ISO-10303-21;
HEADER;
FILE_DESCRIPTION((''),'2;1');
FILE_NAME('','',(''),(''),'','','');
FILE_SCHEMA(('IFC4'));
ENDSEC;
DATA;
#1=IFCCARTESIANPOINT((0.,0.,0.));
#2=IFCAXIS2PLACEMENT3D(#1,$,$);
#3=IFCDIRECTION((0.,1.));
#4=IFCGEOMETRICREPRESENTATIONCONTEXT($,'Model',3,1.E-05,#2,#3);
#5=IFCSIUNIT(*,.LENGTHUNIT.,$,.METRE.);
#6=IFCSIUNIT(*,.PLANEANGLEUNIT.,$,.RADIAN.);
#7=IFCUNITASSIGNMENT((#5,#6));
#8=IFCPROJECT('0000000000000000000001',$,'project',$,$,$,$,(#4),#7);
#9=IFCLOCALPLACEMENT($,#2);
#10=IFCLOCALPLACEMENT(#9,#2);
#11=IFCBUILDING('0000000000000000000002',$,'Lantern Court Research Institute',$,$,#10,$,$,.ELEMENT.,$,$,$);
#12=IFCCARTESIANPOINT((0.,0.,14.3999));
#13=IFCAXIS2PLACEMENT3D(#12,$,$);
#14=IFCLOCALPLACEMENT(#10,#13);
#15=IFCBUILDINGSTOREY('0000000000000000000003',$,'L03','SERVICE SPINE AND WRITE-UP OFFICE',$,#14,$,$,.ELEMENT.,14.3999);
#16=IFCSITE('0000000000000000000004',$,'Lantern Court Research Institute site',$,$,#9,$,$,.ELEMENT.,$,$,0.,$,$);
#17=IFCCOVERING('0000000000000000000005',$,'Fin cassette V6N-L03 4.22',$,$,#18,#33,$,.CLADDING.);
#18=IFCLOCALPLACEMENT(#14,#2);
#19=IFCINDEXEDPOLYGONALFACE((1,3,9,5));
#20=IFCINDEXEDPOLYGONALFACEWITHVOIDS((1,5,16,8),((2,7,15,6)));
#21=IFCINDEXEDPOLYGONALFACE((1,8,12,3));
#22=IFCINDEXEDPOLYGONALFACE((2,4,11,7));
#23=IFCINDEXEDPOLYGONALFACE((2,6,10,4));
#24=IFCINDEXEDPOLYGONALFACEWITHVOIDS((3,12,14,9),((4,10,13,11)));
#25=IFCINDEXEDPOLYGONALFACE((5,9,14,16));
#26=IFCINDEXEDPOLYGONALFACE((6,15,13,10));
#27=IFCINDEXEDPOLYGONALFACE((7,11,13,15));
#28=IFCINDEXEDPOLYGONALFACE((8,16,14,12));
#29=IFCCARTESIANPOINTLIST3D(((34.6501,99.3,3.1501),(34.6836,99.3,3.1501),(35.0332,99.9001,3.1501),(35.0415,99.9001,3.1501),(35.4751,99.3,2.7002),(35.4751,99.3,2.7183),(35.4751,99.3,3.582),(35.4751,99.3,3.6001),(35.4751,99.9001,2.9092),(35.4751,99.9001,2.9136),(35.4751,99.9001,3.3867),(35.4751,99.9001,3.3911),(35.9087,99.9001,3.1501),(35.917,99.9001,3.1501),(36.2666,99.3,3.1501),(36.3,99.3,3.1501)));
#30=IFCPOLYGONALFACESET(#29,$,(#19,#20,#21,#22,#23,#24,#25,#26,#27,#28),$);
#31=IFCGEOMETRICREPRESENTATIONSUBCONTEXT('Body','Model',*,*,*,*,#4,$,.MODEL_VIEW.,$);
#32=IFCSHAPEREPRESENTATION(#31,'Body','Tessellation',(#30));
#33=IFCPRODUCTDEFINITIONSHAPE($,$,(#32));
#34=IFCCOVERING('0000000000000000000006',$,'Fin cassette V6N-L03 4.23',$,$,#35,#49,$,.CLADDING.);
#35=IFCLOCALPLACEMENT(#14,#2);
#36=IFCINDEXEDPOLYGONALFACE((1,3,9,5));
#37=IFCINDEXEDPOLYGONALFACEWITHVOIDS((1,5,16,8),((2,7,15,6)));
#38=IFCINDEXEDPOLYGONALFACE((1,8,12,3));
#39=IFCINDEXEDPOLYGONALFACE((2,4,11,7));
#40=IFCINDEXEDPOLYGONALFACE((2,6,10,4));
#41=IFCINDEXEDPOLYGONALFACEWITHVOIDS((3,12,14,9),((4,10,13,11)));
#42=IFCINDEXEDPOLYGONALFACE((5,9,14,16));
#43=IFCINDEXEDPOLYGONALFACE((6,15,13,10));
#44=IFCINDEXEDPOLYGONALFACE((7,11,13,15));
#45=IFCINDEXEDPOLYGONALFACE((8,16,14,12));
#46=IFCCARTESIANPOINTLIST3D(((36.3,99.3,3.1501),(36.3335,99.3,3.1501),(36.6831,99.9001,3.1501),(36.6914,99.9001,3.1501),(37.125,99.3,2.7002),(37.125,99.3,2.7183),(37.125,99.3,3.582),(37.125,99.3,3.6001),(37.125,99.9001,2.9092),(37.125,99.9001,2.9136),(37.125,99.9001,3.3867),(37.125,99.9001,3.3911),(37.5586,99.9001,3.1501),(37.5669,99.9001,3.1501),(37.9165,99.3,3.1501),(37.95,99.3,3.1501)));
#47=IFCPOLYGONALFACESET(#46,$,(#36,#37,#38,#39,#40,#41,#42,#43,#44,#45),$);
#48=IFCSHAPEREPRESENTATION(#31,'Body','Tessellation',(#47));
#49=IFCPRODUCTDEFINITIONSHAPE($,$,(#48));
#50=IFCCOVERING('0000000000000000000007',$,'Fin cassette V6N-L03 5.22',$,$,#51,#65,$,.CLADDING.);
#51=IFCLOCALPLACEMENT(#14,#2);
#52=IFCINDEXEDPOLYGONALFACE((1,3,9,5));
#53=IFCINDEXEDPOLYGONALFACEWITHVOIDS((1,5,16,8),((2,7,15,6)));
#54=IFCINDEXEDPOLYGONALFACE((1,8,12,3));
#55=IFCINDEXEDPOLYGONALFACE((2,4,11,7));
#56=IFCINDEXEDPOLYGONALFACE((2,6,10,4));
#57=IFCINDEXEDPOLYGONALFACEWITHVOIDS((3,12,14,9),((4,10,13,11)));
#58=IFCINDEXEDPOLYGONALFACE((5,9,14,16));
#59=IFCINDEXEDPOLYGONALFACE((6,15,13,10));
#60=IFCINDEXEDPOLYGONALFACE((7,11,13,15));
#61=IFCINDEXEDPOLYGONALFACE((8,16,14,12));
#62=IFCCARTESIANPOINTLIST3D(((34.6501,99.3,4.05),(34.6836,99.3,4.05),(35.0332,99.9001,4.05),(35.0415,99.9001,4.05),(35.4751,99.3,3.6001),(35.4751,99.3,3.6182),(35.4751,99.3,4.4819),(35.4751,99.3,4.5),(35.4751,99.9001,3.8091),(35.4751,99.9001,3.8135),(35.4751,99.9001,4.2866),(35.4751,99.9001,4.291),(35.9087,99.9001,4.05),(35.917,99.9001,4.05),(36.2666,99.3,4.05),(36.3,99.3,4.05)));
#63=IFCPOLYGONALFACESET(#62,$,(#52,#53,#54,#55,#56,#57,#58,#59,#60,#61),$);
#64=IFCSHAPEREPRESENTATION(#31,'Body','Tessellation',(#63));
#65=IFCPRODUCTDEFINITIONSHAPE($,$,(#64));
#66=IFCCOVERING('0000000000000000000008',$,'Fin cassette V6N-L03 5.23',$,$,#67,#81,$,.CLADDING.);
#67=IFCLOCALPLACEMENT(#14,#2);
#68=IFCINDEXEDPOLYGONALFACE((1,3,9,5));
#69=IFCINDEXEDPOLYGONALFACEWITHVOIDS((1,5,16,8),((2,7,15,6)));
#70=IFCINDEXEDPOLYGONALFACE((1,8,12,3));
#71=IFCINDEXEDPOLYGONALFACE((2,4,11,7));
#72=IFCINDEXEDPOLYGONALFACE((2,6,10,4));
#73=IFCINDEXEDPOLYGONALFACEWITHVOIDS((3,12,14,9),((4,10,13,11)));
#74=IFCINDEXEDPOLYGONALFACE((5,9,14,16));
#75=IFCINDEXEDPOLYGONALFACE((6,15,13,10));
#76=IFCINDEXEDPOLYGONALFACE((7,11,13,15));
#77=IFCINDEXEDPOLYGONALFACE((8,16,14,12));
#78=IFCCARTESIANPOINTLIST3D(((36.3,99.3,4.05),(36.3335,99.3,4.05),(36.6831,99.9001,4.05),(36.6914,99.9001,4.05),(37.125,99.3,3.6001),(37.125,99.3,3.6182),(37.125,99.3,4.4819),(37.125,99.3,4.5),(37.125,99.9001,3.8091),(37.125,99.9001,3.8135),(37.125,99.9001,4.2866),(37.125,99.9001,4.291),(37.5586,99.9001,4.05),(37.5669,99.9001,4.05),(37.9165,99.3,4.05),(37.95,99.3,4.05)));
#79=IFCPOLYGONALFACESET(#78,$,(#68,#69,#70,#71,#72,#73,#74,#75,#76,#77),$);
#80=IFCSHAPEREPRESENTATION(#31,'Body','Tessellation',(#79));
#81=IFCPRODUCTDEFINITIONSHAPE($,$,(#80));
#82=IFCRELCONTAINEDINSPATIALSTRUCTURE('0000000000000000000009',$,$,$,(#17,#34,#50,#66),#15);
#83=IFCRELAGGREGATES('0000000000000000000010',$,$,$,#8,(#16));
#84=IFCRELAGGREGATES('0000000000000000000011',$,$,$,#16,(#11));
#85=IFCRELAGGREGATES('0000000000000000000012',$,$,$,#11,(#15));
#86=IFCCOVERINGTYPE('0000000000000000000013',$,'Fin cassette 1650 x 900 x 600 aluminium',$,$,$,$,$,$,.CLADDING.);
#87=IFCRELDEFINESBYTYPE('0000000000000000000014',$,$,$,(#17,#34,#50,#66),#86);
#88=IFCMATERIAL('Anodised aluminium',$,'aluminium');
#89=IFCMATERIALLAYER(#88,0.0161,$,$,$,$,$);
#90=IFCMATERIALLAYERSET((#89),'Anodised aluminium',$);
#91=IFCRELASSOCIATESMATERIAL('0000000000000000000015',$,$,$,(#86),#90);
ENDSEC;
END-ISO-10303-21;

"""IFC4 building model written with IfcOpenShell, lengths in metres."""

from ifc_helpers import new_model, entity, si_unit, direction, frame, origin, place, context, subcontext, project, spatial, material, layer, layer_set, type_object, element, save


model = new_model("IFC4")

# Units and contexts
model_context = context("Model", 3, precision=1e-05, world=origin(), true_north=direction((0.0, 1.0)))
body_context = subcontext(model_context, "Body", "Model", "MODEL_VIEW")
ifc_project = project(units=[si_unit("LENGTHUNIT", "METRE"), si_unit("PLANEANGLEUNIT", "RADIAN")], contexts=[model_context])

# Site, building, storey
site_placement = place(None, origin())
site = spatial("IfcSite", under=ifc_project, at=site_placement, Name="Lantern Court Research Institute site", CompositionType="ELEMENT", RefElevation=0.0)
building_placement = place(site_placement, origin())
building = spatial("IfcBuilding", under=site, at=building_placement, Name="Lantern Court Research Institute", CompositionType="ELEMENT")
storey_placement = place(building_placement, frame((0.0, 0.0, 14.3999)))
storey = spatial("IfcBuildingStorey", under=building, at=storey_placement, Name="L03", Description="SERVICE SPINE AND WRITE-UP OFFICE", CompositionType="ELEMENT", Elevation=14.3999)

# Coverings
ifc_material_1 = material(Name="Anodised aluminium", Category="aluminium")
ifc_layer_1 = layer(ifc_material_1, 0.0161)
ifc_layer_set_1 = layer_set([ifc_layer_1], Name="Anodised aluminium")
covering_type_1 = type_object("IfcCoveringType", Name="Fin cassette 1650 x 900 x 600 aluminium", PredefinedType="CLADDING", material=ifc_layer_set_1)
covering_1_placement = place(storey_placement, frame((35.4751, 99.3, 3.1501), z_axis=(0.0, 1.0, 0.0), x_axis=(-1.0, 0.0, 0.0)))
cartesian_point_1 = entity("IfcCartesianPoint", [0.825, 0.0])
cartesian_point_2 = entity("IfcCartesianPoint", [0.7915, 0.0])
cartesian_point_3 = entity("IfcCartesianPoint", [0.4419, 0.0])
cartesian_point_4 = entity("IfcCartesianPoint", [0.4336, 0.0])
element("IfcCovering", 1, at=covering_1_placement, inside=storey, type_object=covering_type_1, Name="Fin cassette V6N-L03 4.22", PredefinedType="CLADDING", context=body_context, shape_type="SweptSolid", body=[
    entity("IfcExtrudedAreaSolidTapered", entity("IfcArbitraryProfileDefWithVoids", "AREA", None, entity("IfcPolyline", [cartesian_point_1, entity("IfcCartesianPoint", [0.0, 0.45]), entity("IfcCartesianPoint", [-0.825, 0.0]), entity("IfcCartesianPoint", [0.0, -0.45]), cartesian_point_1]), [entity("IfcPolyline", [cartesian_point_2, entity("IfcCartesianPoint", [0.0, 0.4319]), entity("IfcCartesianPoint", [-0.7915, 0.0]), entity("IfcCartesianPoint", [0.0, -0.4319]), cartesian_point_2])]), entity("IfcAxis2Placement3D", entity("IfcCartesianPoint", [0.0, 0.0, 0.0])), entity("IfcDirection", [0.0, 0.0, 1.0]), 0.6001, entity("IfcArbitraryProfileDefWithVoids", "AREA", None, entity("IfcPolyline", [cartesian_point_3, entity("IfcCartesianPoint", [0.0, 0.241]), entity("IfcCartesianPoint", [-0.4419, 0.0]), entity("IfcCartesianPoint", [0.0, -0.241]), cartesian_point_3]), [entity("IfcPolyline", [cartesian_point_4, entity("IfcCartesianPoint", [0.0, 0.2366]), entity("IfcCartesianPoint", [-0.4336, 0.0]), entity("IfcCartesianPoint", [0.0, -0.2366]), cartesian_point_4])])),
])
covering_2_placement = place(storey_placement, frame((37.125, 99.3, 3.1501), z_axis=(0.0, 1.0, 0.0), x_axis=(-1.0, 0.0, 0.0)))
cartesian_point_5 = entity("IfcCartesianPoint", [0.825, 0.0])
cartesian_point_6 = entity("IfcCartesianPoint", [0.7915, 0.0])
cartesian_point_7 = entity("IfcCartesianPoint", [0.4419, 0.0])
cartesian_point_8 = entity("IfcCartesianPoint", [0.4336, 0.0])
element("IfcCovering", 2, at=covering_2_placement, inside=storey, type_object=covering_type_1, Name="Fin cassette V6N-L03 4.23", PredefinedType="CLADDING", context=body_context, shape_type="SweptSolid", body=[
    entity("IfcExtrudedAreaSolidTapered", entity("IfcArbitraryProfileDefWithVoids", "AREA", None, entity("IfcPolyline", [cartesian_point_5, entity("IfcCartesianPoint", [0.0, 0.45]), entity("IfcCartesianPoint", [-0.825, 0.0]), entity("IfcCartesianPoint", [0.0, -0.45]), cartesian_point_5]), [entity("IfcPolyline", [cartesian_point_6, entity("IfcCartesianPoint", [0.0, 0.4319]), entity("IfcCartesianPoint", [-0.7915, 0.0]), entity("IfcCartesianPoint", [0.0, -0.4319]), cartesian_point_6])]), entity("IfcAxis2Placement3D", entity("IfcCartesianPoint", [0.0, 0.0, 0.0])), entity("IfcDirection", [0.0, 0.0, 1.0]), 0.6001, entity("IfcArbitraryProfileDefWithVoids", "AREA", None, entity("IfcPolyline", [cartesian_point_7, entity("IfcCartesianPoint", [0.0, 0.241]), entity("IfcCartesianPoint", [-0.4419, 0.0]), entity("IfcCartesianPoint", [0.0, -0.241]), cartesian_point_7]), [entity("IfcPolyline", [cartesian_point_8, entity("IfcCartesianPoint", [0.0, 0.2366]), entity("IfcCartesianPoint", [-0.4336, 0.0]), entity("IfcCartesianPoint", [0.0, -0.2366]), cartesian_point_8])])),
])
covering_3_placement = place(storey_placement, frame((35.4751, 99.3, 4.05), z_axis=(0.0, 1.0, 0.0), x_axis=(-1.0, 0.0, 0.0)))
cartesian_point_9 = entity("IfcCartesianPoint", [0.825, 0.0])
cartesian_point_10 = entity("IfcCartesianPoint", [0.7915, 0.0])
cartesian_point_11 = entity("IfcCartesianPoint", [0.4419, 0.0])
cartesian_point_12 = entity("IfcCartesianPoint", [0.4336, 0.0])
element("IfcCovering", 3, at=covering_3_placement, inside=storey, type_object=covering_type_1, Name="Fin cassette V6N-L03 5.22", PredefinedType="CLADDING", context=body_context, shape_type="SweptSolid", body=[
    entity("IfcExtrudedAreaSolidTapered", entity("IfcArbitraryProfileDefWithVoids", "AREA", None, entity("IfcPolyline", [cartesian_point_9, entity("IfcCartesianPoint", [0.0, 0.45]), entity("IfcCartesianPoint", [-0.825, 0.0]), entity("IfcCartesianPoint", [0.0, -0.45]), cartesian_point_9]), [entity("IfcPolyline", [cartesian_point_10, entity("IfcCartesianPoint", [0.0, 0.4319]), entity("IfcCartesianPoint", [-0.7915, 0.0]), entity("IfcCartesianPoint", [0.0, -0.4319]), cartesian_point_10])]), entity("IfcAxis2Placement3D", entity("IfcCartesianPoint", [0.0, 0.0, 0.0])), entity("IfcDirection", [0.0, 0.0, 1.0]), 0.6001, entity("IfcArbitraryProfileDefWithVoids", "AREA", None, entity("IfcPolyline", [cartesian_point_11, entity("IfcCartesianPoint", [0.0, 0.241]), entity("IfcCartesianPoint", [-0.4419, 0.0]), entity("IfcCartesianPoint", [0.0, -0.241]), cartesian_point_11]), [entity("IfcPolyline", [cartesian_point_12, entity("IfcCartesianPoint", [0.0, 0.2366]), entity("IfcCartesianPoint", [-0.4336, 0.0]), entity("IfcCartesianPoint", [0.0, -0.2366]), cartesian_point_12])])),
])
covering_4_placement = place(storey_placement, frame((37.125, 99.3, 4.05), z_axis=(0.0, 1.0, 0.0), x_axis=(-1.0, 0.0, 0.0)))
cartesian_point_13 = entity("IfcCartesianPoint", [0.825, 0.0])
cartesian_point_14 = entity("IfcCartesianPoint", [0.7915, 0.0])
cartesian_point_15 = entity("IfcCartesianPoint", [0.4419, 0.0])
cartesian_point_16 = entity("IfcCartesianPoint", [0.4336, 0.0])
element("IfcCovering", 4, at=covering_4_placement, inside=storey, type_object=covering_type_1, Name="Fin cassette V6N-L03 5.23", PredefinedType="CLADDING", context=body_context, shape_type="SweptSolid", body=[
    entity("IfcExtrudedAreaSolidTapered", entity("IfcArbitraryProfileDefWithVoids", "AREA", None, entity("IfcPolyline", [cartesian_point_13, entity("IfcCartesianPoint", [0.0, 0.45]), entity("IfcCartesianPoint", [-0.825, 0.0]), entity("IfcCartesianPoint", [0.0, -0.45]), cartesian_point_13]), [entity("IfcPolyline", [cartesian_point_14, entity("IfcCartesianPoint", [0.0, 0.4319]), entity("IfcCartesianPoint", [-0.7915, 0.0]), entity("IfcCartesianPoint", [0.0, -0.4319]), cartesian_point_14])]), entity("IfcAxis2Placement3D", entity("IfcCartesianPoint", [0.0, 0.0, 0.0])), entity("IfcDirection", [0.0, 0.0, 1.0]), 0.6001, entity("IfcArbitraryProfileDefWithVoids", "AREA", None, entity("IfcPolyline", [cartesian_point_15, entity("IfcCartesianPoint", [0.0, 0.241]), entity("IfcCartesianPoint", [-0.4419, 0.0]), entity("IfcCartesianPoint", [0.0, -0.241]), cartesian_point_15]), [entity("IfcPolyline", [cartesian_point_16, entity("IfcCartesianPoint", [0.0, 0.2366]), entity("IfcCartesianPoint", [-0.4336, 0.0]), entity("IfcCartesianPoint", [0.0, -0.2366]), cartesian_point_16])])),
])

save(model, "model.ifc")
